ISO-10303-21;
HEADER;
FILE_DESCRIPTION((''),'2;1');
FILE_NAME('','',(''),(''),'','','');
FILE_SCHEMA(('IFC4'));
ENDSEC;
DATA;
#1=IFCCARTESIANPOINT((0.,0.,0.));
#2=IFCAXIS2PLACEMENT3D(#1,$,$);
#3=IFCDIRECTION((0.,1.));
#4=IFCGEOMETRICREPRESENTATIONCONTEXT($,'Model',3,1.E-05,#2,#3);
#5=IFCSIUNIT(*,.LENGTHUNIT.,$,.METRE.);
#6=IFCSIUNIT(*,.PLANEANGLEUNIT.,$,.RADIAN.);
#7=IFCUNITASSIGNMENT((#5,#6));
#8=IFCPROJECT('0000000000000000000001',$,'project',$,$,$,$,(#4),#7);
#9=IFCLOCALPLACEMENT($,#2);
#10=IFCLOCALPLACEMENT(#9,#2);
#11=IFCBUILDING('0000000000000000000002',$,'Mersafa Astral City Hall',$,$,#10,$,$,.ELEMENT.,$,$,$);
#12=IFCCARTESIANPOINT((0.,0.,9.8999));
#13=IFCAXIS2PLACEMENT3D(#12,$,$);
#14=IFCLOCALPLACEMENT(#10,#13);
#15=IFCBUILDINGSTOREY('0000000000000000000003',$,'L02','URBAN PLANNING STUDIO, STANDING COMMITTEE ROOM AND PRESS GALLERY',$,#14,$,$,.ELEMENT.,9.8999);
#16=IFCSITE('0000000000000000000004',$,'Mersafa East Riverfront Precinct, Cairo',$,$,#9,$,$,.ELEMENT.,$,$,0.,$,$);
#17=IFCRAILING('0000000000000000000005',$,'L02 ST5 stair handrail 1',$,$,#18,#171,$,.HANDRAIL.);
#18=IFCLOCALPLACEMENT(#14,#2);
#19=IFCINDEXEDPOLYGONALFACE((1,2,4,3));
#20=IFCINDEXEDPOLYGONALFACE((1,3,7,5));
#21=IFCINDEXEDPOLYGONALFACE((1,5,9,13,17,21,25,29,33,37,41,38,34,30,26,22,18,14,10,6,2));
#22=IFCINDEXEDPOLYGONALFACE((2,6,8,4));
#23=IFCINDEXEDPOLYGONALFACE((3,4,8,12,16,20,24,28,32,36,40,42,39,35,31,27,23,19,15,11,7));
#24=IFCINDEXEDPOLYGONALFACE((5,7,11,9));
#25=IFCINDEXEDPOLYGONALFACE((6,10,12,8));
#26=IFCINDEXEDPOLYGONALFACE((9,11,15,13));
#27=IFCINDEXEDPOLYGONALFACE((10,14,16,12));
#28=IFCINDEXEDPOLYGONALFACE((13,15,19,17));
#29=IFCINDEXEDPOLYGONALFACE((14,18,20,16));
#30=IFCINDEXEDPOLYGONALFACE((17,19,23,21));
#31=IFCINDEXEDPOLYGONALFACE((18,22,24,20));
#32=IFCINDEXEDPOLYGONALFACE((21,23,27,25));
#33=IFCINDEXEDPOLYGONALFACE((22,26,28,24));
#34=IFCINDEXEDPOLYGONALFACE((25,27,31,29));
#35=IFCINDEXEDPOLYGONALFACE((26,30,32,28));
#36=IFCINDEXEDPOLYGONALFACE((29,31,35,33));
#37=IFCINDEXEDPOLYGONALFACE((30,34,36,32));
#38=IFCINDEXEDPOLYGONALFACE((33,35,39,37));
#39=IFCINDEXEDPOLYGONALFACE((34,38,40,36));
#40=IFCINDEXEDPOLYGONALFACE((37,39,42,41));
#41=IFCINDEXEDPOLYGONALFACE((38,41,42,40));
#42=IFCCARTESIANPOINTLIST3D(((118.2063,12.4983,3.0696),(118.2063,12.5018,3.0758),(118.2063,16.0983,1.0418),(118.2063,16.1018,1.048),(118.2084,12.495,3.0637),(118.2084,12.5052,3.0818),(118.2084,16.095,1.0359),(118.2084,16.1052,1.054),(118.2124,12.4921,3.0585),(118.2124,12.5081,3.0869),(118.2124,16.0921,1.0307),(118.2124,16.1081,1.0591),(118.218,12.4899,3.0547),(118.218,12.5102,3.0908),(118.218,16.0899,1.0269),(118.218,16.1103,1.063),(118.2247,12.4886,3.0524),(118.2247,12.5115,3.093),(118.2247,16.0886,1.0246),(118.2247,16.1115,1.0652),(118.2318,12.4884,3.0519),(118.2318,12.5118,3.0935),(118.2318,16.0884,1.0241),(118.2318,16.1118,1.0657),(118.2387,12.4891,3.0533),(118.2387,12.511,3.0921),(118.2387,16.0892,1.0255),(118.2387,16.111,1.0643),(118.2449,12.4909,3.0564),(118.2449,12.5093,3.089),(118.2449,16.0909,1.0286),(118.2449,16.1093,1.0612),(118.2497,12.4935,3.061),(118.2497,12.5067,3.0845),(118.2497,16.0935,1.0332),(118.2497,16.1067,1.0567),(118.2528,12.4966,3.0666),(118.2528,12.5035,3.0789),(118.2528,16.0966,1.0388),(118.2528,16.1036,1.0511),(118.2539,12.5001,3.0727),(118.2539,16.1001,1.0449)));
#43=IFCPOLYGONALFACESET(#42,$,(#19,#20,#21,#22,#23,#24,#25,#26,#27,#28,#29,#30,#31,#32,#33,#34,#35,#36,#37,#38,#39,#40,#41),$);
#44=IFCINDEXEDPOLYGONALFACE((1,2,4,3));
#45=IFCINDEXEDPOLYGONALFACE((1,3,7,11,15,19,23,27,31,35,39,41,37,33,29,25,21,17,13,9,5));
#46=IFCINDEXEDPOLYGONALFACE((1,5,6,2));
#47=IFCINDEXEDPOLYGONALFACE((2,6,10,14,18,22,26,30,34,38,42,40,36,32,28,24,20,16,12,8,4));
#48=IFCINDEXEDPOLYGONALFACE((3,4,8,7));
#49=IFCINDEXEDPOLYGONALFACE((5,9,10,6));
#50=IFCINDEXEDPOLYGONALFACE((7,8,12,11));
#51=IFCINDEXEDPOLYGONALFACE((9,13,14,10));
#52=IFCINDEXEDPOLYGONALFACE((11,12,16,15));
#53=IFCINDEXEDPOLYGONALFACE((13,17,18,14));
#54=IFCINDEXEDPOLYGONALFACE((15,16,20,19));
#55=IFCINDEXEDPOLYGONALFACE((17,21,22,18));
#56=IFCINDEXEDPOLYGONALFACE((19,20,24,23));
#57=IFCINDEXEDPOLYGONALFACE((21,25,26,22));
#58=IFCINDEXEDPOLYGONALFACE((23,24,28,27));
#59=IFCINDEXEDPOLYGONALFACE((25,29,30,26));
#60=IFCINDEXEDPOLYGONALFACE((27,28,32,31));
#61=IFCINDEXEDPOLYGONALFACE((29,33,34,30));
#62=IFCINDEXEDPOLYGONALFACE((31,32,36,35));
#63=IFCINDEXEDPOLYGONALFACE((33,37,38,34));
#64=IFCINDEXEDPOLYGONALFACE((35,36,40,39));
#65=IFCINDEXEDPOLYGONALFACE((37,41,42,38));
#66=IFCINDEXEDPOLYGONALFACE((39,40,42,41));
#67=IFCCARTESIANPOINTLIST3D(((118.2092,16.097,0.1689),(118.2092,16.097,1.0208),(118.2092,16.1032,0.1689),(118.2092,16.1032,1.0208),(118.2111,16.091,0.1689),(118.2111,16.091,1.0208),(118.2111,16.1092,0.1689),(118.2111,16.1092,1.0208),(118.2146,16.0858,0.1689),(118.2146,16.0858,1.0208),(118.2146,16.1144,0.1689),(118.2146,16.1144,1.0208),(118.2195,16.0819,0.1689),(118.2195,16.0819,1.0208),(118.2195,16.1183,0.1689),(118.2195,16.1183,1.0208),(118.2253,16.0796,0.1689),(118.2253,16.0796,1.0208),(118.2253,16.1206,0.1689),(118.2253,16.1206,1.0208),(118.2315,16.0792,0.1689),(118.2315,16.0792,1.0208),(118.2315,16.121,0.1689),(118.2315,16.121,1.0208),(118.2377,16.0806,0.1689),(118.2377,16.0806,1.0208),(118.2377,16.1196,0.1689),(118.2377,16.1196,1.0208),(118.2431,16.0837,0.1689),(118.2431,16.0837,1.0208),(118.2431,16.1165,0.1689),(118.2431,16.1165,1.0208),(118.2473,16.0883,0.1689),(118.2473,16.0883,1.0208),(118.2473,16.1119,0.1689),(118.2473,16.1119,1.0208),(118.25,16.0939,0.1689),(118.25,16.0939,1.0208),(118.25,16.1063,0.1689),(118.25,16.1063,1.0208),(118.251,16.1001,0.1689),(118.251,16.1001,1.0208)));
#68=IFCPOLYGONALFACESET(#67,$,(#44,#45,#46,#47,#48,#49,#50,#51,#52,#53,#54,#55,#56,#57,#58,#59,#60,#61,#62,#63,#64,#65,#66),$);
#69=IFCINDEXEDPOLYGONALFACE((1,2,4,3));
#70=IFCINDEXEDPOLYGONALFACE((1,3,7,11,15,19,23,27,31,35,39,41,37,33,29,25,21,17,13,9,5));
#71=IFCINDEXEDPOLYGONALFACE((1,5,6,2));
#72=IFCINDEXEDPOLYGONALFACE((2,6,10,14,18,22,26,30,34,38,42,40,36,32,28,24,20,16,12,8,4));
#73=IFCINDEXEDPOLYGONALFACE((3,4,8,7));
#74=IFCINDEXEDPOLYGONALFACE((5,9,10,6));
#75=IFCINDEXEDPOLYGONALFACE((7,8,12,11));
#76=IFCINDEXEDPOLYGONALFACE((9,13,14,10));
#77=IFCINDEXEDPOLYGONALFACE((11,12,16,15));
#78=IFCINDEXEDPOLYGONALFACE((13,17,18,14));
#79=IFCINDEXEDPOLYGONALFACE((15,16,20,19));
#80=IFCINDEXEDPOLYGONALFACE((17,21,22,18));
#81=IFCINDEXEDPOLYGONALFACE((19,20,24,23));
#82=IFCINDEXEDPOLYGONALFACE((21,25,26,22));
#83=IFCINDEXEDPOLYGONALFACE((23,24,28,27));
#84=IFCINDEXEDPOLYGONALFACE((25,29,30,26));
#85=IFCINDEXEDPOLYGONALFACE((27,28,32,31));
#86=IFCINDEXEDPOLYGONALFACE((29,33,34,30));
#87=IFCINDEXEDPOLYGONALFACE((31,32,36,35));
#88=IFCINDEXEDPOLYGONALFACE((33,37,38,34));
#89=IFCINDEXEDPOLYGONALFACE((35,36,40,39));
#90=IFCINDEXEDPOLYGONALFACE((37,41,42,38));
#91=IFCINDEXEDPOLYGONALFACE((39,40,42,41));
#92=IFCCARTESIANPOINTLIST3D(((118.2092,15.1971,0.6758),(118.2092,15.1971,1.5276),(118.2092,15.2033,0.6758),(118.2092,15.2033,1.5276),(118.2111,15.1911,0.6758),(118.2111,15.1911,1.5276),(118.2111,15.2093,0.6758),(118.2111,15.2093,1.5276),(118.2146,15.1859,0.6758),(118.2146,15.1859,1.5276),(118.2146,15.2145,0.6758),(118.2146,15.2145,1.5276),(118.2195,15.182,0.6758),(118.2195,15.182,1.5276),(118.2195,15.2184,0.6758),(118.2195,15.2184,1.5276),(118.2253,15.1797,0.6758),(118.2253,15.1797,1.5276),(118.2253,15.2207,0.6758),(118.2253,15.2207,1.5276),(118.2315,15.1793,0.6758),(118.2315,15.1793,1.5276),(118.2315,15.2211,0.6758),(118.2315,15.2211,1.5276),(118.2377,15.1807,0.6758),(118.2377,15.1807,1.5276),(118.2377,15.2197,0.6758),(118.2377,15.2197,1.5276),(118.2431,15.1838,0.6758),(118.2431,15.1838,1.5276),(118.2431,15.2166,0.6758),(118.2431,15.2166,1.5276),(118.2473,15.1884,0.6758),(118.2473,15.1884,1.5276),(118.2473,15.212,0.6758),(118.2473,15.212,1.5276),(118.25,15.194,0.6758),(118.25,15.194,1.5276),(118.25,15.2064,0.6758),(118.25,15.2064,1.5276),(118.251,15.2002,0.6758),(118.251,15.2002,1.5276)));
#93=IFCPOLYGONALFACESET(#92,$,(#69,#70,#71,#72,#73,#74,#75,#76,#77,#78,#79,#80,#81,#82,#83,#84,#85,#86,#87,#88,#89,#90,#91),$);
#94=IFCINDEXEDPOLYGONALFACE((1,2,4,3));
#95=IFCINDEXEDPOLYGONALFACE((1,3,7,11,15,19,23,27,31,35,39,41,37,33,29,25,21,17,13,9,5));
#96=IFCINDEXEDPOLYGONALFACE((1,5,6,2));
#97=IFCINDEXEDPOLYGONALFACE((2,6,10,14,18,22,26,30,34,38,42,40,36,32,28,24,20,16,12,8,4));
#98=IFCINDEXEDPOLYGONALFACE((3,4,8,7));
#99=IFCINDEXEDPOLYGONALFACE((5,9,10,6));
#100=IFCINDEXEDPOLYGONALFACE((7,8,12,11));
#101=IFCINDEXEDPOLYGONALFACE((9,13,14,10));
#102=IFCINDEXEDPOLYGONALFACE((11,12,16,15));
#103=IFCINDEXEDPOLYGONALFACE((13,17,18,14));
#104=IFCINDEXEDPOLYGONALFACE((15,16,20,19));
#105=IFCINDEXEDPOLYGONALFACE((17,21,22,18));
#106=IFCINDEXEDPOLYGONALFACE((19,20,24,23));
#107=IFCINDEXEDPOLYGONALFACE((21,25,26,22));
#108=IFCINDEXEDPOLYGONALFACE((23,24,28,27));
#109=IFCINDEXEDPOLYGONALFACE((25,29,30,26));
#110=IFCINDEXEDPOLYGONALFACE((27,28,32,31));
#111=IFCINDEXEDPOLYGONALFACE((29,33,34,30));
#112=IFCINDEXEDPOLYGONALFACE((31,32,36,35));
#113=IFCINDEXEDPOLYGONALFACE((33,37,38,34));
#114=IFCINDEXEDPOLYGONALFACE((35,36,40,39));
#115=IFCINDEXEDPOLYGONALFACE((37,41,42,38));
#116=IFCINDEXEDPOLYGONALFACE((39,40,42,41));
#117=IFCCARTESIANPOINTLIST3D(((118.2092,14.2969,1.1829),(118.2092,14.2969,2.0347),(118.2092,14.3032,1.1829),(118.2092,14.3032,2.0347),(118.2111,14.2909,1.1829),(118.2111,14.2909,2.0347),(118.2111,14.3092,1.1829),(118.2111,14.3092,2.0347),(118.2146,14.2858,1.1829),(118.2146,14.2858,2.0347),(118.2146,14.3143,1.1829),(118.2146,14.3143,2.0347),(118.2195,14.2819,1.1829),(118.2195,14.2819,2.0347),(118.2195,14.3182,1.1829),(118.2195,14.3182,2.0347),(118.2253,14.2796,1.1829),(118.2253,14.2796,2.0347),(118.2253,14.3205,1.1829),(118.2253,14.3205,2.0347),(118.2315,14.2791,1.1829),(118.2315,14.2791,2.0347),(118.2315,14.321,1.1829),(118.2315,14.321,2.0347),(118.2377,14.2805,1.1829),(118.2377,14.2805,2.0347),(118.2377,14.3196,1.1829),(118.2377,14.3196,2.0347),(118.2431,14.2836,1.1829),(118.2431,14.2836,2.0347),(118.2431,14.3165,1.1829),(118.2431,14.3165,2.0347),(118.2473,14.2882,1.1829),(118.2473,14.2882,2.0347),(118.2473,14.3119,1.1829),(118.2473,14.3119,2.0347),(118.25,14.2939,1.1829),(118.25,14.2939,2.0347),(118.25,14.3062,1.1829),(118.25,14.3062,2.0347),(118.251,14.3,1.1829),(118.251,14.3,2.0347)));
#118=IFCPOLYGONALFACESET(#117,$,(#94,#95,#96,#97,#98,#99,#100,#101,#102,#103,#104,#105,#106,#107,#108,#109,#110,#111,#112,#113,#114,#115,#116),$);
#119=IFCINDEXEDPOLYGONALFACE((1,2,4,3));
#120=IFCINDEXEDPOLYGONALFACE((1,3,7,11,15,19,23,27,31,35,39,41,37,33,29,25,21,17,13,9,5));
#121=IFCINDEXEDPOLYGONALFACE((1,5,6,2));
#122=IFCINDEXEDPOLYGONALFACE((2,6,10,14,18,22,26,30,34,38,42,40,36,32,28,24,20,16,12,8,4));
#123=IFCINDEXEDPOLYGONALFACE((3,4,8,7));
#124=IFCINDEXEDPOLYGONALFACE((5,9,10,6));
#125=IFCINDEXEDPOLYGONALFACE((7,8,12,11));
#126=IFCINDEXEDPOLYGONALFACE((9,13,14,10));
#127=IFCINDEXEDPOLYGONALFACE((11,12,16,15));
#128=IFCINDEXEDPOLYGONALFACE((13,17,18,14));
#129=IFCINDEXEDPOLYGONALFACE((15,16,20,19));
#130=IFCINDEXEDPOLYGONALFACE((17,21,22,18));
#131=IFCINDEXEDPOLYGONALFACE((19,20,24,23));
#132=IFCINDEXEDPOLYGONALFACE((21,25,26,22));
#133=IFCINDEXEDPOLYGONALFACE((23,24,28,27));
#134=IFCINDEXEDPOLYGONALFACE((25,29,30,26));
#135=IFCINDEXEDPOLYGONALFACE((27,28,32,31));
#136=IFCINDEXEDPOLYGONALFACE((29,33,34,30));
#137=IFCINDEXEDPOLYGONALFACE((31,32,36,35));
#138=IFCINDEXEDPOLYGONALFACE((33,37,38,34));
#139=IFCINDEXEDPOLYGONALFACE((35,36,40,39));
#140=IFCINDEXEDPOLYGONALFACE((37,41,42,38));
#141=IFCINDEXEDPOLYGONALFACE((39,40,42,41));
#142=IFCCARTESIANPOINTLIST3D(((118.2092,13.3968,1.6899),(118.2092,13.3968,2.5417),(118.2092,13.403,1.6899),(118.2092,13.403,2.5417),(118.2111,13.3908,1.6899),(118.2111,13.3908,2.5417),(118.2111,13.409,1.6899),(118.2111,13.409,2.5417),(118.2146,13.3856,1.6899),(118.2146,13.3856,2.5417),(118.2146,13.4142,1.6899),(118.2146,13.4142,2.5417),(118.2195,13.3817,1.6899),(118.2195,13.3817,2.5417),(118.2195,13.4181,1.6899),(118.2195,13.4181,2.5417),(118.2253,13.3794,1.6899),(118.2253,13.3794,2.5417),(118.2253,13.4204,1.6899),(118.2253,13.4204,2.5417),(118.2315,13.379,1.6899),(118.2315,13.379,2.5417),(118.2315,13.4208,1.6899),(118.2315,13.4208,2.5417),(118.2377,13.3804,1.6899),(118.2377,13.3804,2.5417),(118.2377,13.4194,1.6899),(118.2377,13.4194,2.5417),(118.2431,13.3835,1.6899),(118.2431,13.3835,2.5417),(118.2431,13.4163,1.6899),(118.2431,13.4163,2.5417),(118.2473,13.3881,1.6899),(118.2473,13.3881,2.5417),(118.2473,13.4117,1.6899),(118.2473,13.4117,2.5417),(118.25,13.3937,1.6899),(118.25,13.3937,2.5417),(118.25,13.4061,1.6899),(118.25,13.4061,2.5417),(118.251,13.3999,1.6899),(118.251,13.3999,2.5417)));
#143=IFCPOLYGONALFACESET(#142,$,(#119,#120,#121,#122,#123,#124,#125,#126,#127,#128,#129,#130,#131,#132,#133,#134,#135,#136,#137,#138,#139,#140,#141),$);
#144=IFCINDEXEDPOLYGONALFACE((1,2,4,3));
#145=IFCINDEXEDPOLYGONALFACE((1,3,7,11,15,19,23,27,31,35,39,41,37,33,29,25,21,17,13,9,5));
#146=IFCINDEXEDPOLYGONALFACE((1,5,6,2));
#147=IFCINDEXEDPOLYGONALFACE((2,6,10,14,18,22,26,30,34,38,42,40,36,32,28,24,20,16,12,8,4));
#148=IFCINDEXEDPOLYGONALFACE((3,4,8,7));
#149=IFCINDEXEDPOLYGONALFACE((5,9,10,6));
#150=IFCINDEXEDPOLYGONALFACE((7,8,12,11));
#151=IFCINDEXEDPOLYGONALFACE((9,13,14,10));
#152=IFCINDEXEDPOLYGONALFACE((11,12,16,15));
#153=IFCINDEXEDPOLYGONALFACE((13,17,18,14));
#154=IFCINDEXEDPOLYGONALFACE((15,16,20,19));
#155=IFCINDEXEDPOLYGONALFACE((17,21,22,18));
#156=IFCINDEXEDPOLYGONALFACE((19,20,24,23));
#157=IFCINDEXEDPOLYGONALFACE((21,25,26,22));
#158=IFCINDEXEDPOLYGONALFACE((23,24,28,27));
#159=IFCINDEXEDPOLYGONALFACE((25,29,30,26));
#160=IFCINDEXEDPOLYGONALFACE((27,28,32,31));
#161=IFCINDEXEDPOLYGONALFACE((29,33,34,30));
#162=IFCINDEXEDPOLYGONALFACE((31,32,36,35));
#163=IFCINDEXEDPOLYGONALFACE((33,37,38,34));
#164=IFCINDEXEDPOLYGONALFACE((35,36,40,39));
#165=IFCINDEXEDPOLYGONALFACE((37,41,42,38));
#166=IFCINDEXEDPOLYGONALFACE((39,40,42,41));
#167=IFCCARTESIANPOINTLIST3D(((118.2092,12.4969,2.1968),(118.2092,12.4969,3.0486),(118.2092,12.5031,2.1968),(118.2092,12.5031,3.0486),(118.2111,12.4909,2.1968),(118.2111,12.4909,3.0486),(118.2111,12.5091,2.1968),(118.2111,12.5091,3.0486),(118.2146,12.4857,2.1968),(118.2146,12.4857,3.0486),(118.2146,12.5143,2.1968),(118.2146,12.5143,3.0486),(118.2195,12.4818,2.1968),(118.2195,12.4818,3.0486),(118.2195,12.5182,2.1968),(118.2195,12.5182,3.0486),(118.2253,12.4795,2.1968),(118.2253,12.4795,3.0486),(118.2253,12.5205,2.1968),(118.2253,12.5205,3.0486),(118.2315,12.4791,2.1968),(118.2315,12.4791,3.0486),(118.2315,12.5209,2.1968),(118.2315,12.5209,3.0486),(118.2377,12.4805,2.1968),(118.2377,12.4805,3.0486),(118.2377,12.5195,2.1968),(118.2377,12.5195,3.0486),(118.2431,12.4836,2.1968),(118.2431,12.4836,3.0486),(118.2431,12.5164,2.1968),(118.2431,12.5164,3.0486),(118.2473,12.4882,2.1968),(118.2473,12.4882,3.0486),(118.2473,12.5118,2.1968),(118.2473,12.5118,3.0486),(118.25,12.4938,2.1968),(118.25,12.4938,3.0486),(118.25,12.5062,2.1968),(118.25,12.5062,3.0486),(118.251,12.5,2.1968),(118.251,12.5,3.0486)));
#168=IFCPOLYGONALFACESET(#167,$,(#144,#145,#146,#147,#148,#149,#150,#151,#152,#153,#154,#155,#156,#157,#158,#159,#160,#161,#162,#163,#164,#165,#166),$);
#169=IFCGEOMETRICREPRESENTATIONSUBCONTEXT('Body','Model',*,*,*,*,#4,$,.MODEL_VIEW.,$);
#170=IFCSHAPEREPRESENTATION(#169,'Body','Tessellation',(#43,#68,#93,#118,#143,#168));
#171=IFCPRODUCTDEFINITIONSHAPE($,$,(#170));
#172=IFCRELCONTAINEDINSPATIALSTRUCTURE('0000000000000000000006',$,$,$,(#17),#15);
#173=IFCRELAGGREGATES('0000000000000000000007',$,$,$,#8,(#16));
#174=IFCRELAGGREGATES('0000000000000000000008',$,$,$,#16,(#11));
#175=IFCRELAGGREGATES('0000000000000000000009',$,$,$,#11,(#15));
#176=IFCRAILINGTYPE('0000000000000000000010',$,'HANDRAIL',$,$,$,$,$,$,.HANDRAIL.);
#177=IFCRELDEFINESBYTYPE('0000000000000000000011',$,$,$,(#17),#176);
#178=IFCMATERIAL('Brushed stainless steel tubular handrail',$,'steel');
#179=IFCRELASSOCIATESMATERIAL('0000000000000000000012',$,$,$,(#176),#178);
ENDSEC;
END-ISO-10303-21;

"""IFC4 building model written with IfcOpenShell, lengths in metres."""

from ifc_helpers import new_model, si_unit, direction, frame, origin, origin_2d, place, context, subcontext, project, spatial, circle, extrude, material, type_object, element, save


model = new_model("IFC4")

# Units and contexts
model_context = context("Model", 3, precision=1e-05, world=origin(), true_north=direction((0.0, 1.0)))
body_context = subcontext(model_context, "Body", "Model", "MODEL_VIEW")
ifc_project = project(units=[si_unit("LENGTHUNIT", "METRE"), si_unit("PLANEANGLEUNIT", "RADIAN")], contexts=[model_context])

# Site, building, storey
site_placement = place(None, origin())
site = spatial("IfcSite", under=ifc_project, at=site_placement, Name="Mersafa East Riverfront Precinct, Cairo", CompositionType="ELEMENT", RefElevation=0.0)
building_placement = place(site_placement, origin())
building = spatial("IfcBuilding", under=site, at=building_placement, Name="Mersafa Astral City Hall", CompositionType="ELEMENT")
storey_placement = place(building_placement, frame((0.0, 0.0, 9.8999)))
storey = spatial("IfcBuildingStorey", under=building, at=storey_placement, Name="L02", Description="URBAN PLANNING STUDIO, STANDING COMMITTEE ROOM AND PRESS GALLERY", CompositionType="ELEMENT", Elevation=9.8999)

# Railing
ifc_material_1 = material(Name="Brushed stainless steel tubular handrail", Category="steel")
railing_type_1 = type_object("IfcRailingType", Name="HANDRAIL", PredefinedType="HANDRAIL", material=ifc_material_1)
railing_1_placement = place(storey_placement, frame((118.23, 16.1001, 0.1689)))
element("IfcRailing", 1, at=railing_1_placement, inside=storey, type_object=railing_type_1, Name="L02 ST5 stair handrail 1", PredefinedType="HANDRAIL", context=body_context, shape_type="SweptSolid", body=[
    extrude(circle(Radius=0.0239, at=origin_2d()), frame((0.0, 0.0, 0.876), z_axis=(0.0, -0.871288, 0.490772), x_axis=(1.0, 0.0, 0.0)), (0.0, 0.0, 1.0), 4.1318),
    extrude(circle(Radius=0.021, at=origin_2d()), origin(), (0.0, 0.0, 1.0), 0.8518),
    extrude(circle(Radius=0.021, at=origin_2d()), frame((0.0, -0.8999, 0.5068)), (0.0, 0.0, 1.0), 0.8518),
    extrude(circle(Radius=0.021, at=origin_2d()), frame((0.0, -1.8, 1.0139)), (0.0, 0.0, 1.0), 0.8518),
    extrude(circle(Radius=0.021, at=origin_2d()), frame((0.0, -2.7002, 1.521)), (0.0, 0.0, 1.0), 0.8518),
    extrude(circle(Radius=0.021, at=origin_2d()), frame((0.0, -3.6001, 2.0278)), (0.0, 0.0, 1.0), 0.8518),
])

save(model, "model.ifc")
